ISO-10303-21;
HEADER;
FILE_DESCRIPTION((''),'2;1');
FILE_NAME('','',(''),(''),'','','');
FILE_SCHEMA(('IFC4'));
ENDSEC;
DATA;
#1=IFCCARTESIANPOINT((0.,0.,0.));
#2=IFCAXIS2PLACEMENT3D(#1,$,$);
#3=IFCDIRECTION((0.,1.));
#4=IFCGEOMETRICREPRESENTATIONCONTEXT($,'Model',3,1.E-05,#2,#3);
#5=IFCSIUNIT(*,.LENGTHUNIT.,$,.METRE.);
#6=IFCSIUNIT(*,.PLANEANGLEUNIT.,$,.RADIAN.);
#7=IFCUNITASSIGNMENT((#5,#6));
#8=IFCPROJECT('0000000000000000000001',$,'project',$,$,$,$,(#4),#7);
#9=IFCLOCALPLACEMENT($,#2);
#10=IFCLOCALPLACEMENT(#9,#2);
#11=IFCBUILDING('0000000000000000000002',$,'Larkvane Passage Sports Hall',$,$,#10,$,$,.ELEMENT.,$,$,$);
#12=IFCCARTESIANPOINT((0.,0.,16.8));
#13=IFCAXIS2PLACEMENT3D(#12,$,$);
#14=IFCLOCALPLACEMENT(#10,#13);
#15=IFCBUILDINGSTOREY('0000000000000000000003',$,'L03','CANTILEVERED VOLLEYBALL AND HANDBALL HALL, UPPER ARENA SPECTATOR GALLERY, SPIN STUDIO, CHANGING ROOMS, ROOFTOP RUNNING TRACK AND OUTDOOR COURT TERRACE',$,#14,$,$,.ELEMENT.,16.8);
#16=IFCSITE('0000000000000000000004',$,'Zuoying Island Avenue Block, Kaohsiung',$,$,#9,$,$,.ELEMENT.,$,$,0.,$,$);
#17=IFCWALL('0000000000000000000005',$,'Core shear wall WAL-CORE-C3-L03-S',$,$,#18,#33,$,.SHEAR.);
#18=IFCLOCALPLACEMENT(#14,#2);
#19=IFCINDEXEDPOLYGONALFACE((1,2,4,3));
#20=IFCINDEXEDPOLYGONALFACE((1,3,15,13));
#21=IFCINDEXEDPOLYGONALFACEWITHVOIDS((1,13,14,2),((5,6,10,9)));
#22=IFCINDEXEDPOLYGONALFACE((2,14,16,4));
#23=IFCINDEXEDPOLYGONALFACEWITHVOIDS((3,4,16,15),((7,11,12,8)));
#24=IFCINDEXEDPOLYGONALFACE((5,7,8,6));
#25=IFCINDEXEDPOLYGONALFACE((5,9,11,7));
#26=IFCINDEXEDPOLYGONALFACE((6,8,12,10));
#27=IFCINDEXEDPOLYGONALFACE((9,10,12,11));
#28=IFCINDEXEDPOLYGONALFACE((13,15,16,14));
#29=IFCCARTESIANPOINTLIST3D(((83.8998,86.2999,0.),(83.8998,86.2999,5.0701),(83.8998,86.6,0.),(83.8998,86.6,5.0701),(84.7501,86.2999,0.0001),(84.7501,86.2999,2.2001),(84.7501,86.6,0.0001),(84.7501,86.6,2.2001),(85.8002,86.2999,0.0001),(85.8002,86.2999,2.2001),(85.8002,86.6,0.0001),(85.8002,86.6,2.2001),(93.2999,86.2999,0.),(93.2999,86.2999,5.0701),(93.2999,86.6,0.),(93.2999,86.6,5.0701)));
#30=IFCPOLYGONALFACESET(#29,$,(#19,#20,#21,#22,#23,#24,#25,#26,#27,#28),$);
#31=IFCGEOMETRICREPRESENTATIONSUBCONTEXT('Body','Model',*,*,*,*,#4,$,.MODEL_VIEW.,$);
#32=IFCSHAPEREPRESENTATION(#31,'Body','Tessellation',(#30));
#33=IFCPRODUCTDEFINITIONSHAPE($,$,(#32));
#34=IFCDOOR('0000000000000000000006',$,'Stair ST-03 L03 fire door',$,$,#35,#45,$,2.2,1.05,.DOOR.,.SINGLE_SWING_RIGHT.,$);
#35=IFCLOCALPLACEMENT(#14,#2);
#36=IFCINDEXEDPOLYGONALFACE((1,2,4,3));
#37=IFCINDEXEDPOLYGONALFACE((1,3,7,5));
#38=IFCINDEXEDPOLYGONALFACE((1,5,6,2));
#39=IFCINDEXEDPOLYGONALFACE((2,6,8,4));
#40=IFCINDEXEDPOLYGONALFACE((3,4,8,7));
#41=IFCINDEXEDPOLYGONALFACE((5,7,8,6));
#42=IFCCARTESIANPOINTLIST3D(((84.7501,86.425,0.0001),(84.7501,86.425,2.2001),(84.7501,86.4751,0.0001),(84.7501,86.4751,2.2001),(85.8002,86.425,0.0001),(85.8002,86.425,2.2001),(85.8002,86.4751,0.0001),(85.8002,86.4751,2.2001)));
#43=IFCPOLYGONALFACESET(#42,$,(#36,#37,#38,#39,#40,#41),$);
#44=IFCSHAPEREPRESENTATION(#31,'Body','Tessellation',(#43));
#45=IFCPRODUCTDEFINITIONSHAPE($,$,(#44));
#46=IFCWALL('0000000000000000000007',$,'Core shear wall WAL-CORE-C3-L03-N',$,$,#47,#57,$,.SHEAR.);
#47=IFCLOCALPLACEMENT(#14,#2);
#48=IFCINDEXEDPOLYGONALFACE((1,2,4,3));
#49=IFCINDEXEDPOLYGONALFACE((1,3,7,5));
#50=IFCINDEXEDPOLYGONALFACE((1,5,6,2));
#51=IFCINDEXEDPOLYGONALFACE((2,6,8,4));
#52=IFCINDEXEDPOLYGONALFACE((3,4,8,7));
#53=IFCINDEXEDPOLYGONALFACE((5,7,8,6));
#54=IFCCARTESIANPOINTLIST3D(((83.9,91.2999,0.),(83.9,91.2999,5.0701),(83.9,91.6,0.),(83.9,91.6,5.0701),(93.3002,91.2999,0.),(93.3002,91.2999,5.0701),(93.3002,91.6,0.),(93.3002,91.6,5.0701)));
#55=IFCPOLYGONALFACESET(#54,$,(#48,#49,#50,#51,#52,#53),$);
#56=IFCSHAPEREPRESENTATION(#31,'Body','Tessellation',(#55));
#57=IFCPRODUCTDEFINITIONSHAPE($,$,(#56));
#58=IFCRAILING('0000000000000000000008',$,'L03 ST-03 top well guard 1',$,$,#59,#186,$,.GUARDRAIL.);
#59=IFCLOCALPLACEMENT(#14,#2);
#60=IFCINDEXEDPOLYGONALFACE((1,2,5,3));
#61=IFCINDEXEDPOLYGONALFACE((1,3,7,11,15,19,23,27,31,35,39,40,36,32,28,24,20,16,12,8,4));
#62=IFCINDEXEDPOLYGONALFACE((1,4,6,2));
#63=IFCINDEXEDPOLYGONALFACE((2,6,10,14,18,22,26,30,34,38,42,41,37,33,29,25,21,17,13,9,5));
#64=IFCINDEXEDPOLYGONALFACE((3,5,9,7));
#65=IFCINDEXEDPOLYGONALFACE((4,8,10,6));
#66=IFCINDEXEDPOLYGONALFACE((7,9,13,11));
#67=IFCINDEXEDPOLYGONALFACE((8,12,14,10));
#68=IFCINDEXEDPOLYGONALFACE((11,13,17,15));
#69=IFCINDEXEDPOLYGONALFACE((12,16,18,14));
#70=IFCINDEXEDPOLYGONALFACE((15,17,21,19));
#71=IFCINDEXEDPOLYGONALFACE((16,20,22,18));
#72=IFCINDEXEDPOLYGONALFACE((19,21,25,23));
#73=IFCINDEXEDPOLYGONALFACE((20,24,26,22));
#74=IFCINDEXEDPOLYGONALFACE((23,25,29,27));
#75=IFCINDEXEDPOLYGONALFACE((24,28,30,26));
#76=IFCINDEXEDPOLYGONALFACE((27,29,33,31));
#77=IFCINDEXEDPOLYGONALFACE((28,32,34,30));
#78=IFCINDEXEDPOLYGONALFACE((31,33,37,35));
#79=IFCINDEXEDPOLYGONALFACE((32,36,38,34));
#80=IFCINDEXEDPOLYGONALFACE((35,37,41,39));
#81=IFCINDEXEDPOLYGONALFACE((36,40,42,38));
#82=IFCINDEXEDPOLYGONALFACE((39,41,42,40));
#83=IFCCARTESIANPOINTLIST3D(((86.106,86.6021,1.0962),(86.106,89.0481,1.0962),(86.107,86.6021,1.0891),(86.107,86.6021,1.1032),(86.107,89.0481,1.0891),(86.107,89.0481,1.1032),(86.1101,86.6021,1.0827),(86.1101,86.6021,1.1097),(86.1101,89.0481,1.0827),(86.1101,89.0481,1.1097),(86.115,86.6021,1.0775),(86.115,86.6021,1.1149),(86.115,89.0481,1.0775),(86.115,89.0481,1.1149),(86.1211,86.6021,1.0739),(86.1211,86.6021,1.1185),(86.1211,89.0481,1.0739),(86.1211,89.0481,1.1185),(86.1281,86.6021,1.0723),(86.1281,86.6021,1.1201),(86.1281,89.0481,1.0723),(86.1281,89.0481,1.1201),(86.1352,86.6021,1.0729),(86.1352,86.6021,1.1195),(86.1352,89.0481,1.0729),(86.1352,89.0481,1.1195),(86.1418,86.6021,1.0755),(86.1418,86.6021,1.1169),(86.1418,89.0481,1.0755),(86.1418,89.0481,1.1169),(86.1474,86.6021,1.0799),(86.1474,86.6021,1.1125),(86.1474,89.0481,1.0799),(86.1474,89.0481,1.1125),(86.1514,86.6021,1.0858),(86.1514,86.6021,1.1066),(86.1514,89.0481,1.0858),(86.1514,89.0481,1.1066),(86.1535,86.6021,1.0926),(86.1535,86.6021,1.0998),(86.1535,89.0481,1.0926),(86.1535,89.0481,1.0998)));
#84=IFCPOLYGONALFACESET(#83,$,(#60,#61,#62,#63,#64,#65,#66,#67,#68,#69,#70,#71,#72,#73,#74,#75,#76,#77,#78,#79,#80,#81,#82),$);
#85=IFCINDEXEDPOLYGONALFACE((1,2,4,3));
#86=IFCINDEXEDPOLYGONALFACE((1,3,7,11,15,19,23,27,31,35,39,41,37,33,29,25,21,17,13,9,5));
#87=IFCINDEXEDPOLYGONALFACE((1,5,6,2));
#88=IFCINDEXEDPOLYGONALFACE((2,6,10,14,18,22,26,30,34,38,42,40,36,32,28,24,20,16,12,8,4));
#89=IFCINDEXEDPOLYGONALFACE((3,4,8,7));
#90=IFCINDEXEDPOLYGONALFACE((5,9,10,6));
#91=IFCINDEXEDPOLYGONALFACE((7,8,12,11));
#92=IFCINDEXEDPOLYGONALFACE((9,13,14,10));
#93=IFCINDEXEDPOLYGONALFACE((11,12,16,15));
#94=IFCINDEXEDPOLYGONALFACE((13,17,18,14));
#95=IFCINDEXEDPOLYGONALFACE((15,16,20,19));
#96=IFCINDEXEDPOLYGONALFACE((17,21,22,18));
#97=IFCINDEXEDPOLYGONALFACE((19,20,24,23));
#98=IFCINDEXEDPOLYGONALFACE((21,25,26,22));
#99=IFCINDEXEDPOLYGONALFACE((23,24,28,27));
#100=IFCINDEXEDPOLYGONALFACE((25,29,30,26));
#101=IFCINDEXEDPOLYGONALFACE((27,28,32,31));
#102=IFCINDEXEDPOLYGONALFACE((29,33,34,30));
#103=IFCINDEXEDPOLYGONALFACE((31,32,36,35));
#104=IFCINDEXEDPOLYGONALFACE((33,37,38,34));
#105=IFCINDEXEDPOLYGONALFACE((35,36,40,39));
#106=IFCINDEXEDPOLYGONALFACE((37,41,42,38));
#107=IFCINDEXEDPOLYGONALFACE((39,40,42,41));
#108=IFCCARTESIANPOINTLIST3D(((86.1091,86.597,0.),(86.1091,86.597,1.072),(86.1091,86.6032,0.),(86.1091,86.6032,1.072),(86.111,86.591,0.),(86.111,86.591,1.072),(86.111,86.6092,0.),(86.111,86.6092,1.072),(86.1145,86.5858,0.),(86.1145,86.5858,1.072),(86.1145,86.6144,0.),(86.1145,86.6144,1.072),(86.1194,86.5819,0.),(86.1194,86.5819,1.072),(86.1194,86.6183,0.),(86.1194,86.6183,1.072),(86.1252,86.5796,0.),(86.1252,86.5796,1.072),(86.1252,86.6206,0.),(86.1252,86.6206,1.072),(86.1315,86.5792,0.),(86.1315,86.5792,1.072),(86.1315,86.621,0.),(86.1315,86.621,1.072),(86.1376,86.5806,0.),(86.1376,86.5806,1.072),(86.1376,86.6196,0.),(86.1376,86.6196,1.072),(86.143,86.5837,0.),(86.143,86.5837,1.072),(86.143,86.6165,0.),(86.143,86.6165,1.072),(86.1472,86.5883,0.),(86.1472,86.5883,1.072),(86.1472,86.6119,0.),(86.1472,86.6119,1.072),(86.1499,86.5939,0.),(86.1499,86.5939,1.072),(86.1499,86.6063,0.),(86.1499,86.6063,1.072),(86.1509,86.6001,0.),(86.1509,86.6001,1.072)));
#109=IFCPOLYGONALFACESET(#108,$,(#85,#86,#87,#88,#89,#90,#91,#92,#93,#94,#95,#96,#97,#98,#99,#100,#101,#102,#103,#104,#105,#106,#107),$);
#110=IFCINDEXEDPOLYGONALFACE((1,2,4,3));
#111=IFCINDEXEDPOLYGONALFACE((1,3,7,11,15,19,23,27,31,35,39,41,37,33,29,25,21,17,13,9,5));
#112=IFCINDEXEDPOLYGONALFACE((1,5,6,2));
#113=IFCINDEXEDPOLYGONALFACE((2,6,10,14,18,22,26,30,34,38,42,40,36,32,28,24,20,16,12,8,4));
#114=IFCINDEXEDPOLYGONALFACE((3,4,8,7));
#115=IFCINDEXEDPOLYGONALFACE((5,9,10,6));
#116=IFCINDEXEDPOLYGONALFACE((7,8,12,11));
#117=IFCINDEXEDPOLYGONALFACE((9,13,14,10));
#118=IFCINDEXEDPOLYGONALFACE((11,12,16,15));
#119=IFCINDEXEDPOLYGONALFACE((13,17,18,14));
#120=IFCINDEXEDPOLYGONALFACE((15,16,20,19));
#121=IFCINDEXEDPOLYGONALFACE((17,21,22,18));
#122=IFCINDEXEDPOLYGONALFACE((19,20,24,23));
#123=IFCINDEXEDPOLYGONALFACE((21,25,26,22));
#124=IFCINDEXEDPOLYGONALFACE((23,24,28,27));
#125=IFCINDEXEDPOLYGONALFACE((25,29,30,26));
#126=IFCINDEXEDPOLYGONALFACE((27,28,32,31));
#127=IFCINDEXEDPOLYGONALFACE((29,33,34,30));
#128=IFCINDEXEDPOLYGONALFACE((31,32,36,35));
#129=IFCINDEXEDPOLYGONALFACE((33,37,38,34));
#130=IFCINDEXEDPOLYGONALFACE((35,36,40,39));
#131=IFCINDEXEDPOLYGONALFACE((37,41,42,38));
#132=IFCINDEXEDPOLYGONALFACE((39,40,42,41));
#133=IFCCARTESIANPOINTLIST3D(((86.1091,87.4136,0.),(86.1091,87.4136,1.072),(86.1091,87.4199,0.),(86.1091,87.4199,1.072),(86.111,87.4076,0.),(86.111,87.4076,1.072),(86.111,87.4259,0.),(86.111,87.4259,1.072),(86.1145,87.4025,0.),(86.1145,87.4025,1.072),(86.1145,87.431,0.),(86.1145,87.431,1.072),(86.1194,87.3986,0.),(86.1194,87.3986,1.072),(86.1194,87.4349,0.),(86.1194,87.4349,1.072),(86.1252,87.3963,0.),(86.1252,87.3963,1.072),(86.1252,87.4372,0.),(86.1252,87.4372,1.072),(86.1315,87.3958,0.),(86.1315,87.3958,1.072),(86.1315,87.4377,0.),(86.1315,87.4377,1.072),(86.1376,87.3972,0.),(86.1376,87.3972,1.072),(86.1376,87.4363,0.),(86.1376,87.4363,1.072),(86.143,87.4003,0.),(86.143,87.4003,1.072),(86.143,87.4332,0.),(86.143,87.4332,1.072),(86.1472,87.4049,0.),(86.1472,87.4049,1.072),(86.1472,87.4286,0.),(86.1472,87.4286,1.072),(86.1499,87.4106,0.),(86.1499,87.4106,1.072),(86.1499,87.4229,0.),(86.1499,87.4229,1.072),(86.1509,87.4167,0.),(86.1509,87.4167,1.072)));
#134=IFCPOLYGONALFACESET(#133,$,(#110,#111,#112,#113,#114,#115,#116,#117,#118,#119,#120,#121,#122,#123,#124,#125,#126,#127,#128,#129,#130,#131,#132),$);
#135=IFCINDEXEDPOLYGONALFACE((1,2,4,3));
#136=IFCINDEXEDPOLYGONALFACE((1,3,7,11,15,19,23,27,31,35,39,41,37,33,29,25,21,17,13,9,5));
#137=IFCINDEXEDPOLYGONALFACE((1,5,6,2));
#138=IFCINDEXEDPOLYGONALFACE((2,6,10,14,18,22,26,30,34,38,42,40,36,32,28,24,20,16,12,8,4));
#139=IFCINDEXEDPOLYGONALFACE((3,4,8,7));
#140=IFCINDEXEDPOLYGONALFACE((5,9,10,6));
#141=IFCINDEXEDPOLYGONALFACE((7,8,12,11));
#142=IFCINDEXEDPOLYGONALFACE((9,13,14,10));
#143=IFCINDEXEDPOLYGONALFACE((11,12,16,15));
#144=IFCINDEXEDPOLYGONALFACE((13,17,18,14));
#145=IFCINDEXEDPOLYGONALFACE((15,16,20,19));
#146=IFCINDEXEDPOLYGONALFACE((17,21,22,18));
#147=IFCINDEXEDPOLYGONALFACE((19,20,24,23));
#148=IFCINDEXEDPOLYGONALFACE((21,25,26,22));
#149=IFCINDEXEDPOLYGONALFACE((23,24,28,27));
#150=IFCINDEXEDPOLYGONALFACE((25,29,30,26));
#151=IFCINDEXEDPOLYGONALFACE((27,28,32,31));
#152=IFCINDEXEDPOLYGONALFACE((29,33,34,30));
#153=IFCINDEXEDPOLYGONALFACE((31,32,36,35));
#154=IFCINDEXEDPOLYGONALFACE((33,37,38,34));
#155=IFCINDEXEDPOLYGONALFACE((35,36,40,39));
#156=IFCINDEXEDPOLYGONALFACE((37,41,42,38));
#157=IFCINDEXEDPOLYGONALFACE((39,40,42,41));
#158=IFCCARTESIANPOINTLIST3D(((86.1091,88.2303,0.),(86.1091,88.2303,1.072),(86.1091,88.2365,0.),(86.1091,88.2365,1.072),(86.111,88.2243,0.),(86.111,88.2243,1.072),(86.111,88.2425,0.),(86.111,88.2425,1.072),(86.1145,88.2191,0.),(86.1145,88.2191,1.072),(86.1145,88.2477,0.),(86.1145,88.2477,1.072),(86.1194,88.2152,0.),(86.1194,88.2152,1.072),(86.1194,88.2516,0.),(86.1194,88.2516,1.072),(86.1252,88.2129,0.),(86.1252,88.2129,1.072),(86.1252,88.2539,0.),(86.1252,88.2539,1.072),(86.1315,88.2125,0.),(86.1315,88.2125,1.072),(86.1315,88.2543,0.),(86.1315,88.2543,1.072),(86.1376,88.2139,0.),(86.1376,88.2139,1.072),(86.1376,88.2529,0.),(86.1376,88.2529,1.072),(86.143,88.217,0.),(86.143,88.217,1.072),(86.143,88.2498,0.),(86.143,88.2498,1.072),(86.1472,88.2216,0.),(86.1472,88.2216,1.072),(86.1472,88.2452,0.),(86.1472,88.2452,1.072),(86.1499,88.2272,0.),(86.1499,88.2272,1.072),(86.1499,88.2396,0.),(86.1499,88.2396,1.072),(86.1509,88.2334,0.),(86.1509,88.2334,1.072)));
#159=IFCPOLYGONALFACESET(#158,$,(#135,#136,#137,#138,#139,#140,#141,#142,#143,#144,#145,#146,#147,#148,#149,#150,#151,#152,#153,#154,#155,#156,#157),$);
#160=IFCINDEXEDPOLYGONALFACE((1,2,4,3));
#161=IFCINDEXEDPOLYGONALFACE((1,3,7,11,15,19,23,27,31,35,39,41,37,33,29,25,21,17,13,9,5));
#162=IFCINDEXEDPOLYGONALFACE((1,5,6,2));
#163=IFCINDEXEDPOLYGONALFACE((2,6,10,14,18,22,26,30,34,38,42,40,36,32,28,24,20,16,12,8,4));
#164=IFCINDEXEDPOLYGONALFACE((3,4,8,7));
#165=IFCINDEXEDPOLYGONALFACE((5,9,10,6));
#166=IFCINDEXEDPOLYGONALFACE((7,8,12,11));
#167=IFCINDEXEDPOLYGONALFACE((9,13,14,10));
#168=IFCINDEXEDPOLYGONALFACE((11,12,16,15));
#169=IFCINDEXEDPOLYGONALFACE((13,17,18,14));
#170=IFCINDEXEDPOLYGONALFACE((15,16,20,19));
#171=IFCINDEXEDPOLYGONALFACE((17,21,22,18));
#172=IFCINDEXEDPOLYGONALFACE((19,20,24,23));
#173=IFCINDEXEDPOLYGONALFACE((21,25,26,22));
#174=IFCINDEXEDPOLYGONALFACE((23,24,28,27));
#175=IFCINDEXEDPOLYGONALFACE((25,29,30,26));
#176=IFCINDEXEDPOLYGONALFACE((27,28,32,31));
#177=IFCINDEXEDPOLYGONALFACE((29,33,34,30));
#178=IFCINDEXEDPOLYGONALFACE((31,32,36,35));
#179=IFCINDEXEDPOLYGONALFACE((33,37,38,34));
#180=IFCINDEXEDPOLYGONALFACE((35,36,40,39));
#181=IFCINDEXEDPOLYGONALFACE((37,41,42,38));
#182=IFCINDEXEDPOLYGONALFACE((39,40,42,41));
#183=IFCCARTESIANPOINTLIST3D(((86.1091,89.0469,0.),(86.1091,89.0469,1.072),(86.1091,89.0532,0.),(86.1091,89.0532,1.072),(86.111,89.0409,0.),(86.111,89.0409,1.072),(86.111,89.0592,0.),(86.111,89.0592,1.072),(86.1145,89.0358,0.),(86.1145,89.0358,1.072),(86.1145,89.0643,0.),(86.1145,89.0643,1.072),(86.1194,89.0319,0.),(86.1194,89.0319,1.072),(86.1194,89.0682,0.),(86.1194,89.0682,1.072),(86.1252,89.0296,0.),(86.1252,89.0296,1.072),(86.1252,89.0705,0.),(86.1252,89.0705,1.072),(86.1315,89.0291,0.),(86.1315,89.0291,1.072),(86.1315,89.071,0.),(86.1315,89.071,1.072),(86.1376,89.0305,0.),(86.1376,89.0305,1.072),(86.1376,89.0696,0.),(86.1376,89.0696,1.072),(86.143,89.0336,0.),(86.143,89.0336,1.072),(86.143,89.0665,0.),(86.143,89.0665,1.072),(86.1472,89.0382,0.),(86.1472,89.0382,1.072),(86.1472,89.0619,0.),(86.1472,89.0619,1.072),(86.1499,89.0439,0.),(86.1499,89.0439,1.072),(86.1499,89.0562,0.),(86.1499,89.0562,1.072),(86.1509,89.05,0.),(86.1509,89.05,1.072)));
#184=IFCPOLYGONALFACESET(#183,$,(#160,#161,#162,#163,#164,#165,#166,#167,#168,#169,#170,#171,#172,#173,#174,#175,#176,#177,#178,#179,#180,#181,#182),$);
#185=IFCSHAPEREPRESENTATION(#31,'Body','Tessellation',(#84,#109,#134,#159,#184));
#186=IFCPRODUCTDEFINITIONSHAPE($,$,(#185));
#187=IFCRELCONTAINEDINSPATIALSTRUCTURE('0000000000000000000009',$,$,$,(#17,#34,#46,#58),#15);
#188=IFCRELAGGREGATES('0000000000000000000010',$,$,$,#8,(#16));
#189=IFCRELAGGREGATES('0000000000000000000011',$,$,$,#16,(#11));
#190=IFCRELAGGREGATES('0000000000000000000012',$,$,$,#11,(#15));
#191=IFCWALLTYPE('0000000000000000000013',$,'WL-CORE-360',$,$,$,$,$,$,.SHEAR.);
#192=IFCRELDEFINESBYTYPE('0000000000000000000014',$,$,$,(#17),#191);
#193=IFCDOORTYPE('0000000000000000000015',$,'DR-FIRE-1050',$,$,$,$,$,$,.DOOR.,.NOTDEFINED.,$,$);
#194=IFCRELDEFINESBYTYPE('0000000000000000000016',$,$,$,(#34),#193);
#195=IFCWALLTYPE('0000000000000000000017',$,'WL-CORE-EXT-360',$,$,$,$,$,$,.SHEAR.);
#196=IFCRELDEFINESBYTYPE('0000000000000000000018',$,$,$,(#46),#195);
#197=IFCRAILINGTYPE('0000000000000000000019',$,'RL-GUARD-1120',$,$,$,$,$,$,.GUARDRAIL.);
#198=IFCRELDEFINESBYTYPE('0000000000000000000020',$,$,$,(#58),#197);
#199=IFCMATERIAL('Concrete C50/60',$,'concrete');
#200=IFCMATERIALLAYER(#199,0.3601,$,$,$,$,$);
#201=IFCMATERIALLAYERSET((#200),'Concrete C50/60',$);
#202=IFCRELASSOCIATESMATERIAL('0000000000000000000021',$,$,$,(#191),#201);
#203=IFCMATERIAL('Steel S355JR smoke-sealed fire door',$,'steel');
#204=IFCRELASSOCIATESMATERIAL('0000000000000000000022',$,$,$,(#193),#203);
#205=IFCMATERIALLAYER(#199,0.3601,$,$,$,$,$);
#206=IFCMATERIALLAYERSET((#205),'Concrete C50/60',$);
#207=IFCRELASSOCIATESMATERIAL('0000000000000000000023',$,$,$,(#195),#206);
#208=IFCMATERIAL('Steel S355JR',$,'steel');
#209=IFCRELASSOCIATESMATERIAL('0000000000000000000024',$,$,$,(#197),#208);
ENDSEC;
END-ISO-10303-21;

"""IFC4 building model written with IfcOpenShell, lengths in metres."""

from ifc_helpers import new_model, si_unit, direction, frame, frame_2d, origin, origin_2d, place, context, subcontext, project, spatial, rectangle, circle, extrude, material, layer, layer_set, type_object, element, fill, save


model = new_model("IFC4")

# Units and contexts
model_context = context("Model", 3, precision=1e-05, world=origin(), true_north=direction((0.0, 1.0)))
body_context = subcontext(model_context, "Body", "Model", "MODEL_VIEW")
ifc_project = project(units=[si_unit("LENGTHUNIT", "METRE"), si_unit("PLANEANGLEUNIT", "RADIAN")], contexts=[model_context])

# Site, building, storey
site_placement = place(None, origin())
site = spatial("IfcSite", under=ifc_project, at=site_placement, Name="Zuoying Island Avenue Block, Kaohsiung", CompositionType="ELEMENT", RefElevation=0.0)
building_placement = place(site_placement, origin())
building = spatial("IfcBuilding", under=site, at=building_placement, Name="Larkvane Passage Sports Hall", CompositionType="ELEMENT")
storey_placement = place(building_placement, frame((0.0, 0.0, 16.8)))
storey = spatial("IfcBuildingStorey", under=building, at=storey_placement, Name="L03", Description="CANTILEVERED VOLLEYBALL AND HANDBALL HALL, UPPER ARENA SPECTATOR GALLERY, SPIN STUDIO, CHANGING ROOMS, ROOFTOP RUNNING TRACK AND OUTDOOR COURT TERRACE", CompositionType="ELEMENT", Elevation=16.8)

# Shared definitions
ifc_material_1 = material(Name="Concrete C50/60", Category="concrete")
ifc_layer_1 = layer(ifc_material_1, 0.3601)
ifc_layer_set_1 = layer_set([ifc_layer_1], Name="Concrete C50/60")
wall_type_1 = type_object("IfcWallType", Name="WL-CORE-360", PredefinedType="SHEAR", material=ifc_layer_set_1)

# Wall, opening, door
wall_1_placement = place(storey_placement, frame((93.3, 86.45, 0.0), z_axis=(0.0, 0.0, 1.0), x_axis=(-1.0, 0.0, 0.0)))
wall_1 = element("IfcWall", 1, at=wall_1_placement, inside=storey, type_object=wall_type_1, Name="Core shear wall WAL-CORE-C3-L03-S", PredefinedType="SHEAR", context=body_context, shape_type="SweptSolid", body=[
    extrude(rectangle(XDim=9.4001, YDim=0.3, at=frame_2d((4.7002, 0.0))), origin(), (0.0, 0.0, 1.0), 5.0701),
])
opening_placement = place(wall_1_placement, frame((7.5, 0.0, 0.0)))
opening = element("IfcOpeningElement", 2, at=opening_placement, cuts=wall_1, PredefinedType="OPENING", context=body_context, shape_type="SweptSolid", body=[
    extrude(rectangle(XDim=1.05, YDim=2.2, at=frame_2d((0.5249, 1.1001))), frame((0.0, 0.1599, 0.0), z_axis=(0.0, -1.0, 0.0), x_axis=(1.0, 0.0, 0.0)), (0.0, 0.0, 1.0), 0.3201),
])
ifc_material_2 = material(Name="Steel S355JR smoke-sealed fire door", Category="steel")
door_type = type_object("IfcDoorType", Name="DR-FIRE-1050", OperationType="NOTDEFINED", PredefinedType="DOOR", material=ifc_material_2)
door_placement = place(opening_placement, origin())
door = element("IfcDoor", 3, at=door_placement, inside=storey, type_object=door_type, Name="Stair ST-03 L03 fire door", OperationType="SINGLE_SWING_RIGHT", OverallHeight=2.2, OverallWidth=1.05, PredefinedType="DOOR", context=body_context, shape_type="SweptSolid", body=[
    extrude(rectangle(XDim=1.05, YDim=2.2, at=frame_2d((0.5249, 1.1001))), frame((0.0, 0.0249, 0.0), z_axis=(0.0, -1.0, 0.0), x_axis=(1.0, 0.0, 0.0)), (0.0, 0.0, 1.0), 0.05),
])
fill(opening, door)

# Wall
ifc_layer_2 = layer(ifc_material_1, 0.3601)
ifc_layer_set_2 = layer_set([ifc_layer_2], Name="Concrete C50/60")
wall_type_2 = type_object("IfcWallType", Name="WL-CORE-EXT-360", PredefinedType="SHEAR", material=ifc_layer_set_2)
wall_2_placement = place(storey_placement, frame((83.8999, 91.45, 0.0), z_axis=(0.0, 0.0, 1.0), x_axis=(1.0, 0.0, 0.0)))
element("IfcWall", 4, at=wall_2_placement, inside=storey, type_object=wall_type_2, Name="Core shear wall WAL-CORE-C3-L03-N", PredefinedType="SHEAR", context=body_context, shape_type="SweptSolid", body=[
    extrude(rectangle(XDim=9.4001, YDim=0.3, at=frame_2d((4.7002, 0.0))), origin(), (0.0, 0.0, 1.0), 5.0701),
])

# Railing
ifc_material_3 = material(Name="Steel S355JR", Category="steel")
railing_type = type_object("IfcRailingType", Name="RL-GUARD-1120", PredefinedType="GUARDRAIL", material=ifc_material_3)
railing_placement = place(storey_placement, frame((86.1299, 86.6001, 0.0)))
element("IfcRailing", 5, at=railing_placement, inside=storey, type_object=railing_type, Name="L03 ST-03 top well guard 1", PredefinedType="GUARDRAIL", context=body_context, shape_type="SweptSolid", body=[
    extrude(circle(Radius=0.0239, at=origin_2d()), frame((0.0, 0.002, 1.0962), z_axis=(0.0, 1.0, 0.0), x_axis=(-1.0, 0.0, 0.0)), (0.0, 0.0, 1.0), 2.446),
    extrude(circle(Radius=0.021, at=origin_2d()), origin(), (0.0, 0.0, 1.0), 1.072),
    extrude(circle(Radius=0.021, at=origin_2d()), frame((0.0, 0.8167, 0.0)), (0.0, 0.0, 1.0), 1.072),
    extrude(circle(Radius=0.021, at=origin_2d()), frame((0.0, 1.6333, 0.0)), (0.0, 0.0, 1.0), 1.072),
    extrude(circle(Radius=0.021, at=origin_2d()), frame((0.0, 2.45, 0.0)), (0.0, 0.0, 1.0), 1.072),
])

save(model, "model.ifc")
